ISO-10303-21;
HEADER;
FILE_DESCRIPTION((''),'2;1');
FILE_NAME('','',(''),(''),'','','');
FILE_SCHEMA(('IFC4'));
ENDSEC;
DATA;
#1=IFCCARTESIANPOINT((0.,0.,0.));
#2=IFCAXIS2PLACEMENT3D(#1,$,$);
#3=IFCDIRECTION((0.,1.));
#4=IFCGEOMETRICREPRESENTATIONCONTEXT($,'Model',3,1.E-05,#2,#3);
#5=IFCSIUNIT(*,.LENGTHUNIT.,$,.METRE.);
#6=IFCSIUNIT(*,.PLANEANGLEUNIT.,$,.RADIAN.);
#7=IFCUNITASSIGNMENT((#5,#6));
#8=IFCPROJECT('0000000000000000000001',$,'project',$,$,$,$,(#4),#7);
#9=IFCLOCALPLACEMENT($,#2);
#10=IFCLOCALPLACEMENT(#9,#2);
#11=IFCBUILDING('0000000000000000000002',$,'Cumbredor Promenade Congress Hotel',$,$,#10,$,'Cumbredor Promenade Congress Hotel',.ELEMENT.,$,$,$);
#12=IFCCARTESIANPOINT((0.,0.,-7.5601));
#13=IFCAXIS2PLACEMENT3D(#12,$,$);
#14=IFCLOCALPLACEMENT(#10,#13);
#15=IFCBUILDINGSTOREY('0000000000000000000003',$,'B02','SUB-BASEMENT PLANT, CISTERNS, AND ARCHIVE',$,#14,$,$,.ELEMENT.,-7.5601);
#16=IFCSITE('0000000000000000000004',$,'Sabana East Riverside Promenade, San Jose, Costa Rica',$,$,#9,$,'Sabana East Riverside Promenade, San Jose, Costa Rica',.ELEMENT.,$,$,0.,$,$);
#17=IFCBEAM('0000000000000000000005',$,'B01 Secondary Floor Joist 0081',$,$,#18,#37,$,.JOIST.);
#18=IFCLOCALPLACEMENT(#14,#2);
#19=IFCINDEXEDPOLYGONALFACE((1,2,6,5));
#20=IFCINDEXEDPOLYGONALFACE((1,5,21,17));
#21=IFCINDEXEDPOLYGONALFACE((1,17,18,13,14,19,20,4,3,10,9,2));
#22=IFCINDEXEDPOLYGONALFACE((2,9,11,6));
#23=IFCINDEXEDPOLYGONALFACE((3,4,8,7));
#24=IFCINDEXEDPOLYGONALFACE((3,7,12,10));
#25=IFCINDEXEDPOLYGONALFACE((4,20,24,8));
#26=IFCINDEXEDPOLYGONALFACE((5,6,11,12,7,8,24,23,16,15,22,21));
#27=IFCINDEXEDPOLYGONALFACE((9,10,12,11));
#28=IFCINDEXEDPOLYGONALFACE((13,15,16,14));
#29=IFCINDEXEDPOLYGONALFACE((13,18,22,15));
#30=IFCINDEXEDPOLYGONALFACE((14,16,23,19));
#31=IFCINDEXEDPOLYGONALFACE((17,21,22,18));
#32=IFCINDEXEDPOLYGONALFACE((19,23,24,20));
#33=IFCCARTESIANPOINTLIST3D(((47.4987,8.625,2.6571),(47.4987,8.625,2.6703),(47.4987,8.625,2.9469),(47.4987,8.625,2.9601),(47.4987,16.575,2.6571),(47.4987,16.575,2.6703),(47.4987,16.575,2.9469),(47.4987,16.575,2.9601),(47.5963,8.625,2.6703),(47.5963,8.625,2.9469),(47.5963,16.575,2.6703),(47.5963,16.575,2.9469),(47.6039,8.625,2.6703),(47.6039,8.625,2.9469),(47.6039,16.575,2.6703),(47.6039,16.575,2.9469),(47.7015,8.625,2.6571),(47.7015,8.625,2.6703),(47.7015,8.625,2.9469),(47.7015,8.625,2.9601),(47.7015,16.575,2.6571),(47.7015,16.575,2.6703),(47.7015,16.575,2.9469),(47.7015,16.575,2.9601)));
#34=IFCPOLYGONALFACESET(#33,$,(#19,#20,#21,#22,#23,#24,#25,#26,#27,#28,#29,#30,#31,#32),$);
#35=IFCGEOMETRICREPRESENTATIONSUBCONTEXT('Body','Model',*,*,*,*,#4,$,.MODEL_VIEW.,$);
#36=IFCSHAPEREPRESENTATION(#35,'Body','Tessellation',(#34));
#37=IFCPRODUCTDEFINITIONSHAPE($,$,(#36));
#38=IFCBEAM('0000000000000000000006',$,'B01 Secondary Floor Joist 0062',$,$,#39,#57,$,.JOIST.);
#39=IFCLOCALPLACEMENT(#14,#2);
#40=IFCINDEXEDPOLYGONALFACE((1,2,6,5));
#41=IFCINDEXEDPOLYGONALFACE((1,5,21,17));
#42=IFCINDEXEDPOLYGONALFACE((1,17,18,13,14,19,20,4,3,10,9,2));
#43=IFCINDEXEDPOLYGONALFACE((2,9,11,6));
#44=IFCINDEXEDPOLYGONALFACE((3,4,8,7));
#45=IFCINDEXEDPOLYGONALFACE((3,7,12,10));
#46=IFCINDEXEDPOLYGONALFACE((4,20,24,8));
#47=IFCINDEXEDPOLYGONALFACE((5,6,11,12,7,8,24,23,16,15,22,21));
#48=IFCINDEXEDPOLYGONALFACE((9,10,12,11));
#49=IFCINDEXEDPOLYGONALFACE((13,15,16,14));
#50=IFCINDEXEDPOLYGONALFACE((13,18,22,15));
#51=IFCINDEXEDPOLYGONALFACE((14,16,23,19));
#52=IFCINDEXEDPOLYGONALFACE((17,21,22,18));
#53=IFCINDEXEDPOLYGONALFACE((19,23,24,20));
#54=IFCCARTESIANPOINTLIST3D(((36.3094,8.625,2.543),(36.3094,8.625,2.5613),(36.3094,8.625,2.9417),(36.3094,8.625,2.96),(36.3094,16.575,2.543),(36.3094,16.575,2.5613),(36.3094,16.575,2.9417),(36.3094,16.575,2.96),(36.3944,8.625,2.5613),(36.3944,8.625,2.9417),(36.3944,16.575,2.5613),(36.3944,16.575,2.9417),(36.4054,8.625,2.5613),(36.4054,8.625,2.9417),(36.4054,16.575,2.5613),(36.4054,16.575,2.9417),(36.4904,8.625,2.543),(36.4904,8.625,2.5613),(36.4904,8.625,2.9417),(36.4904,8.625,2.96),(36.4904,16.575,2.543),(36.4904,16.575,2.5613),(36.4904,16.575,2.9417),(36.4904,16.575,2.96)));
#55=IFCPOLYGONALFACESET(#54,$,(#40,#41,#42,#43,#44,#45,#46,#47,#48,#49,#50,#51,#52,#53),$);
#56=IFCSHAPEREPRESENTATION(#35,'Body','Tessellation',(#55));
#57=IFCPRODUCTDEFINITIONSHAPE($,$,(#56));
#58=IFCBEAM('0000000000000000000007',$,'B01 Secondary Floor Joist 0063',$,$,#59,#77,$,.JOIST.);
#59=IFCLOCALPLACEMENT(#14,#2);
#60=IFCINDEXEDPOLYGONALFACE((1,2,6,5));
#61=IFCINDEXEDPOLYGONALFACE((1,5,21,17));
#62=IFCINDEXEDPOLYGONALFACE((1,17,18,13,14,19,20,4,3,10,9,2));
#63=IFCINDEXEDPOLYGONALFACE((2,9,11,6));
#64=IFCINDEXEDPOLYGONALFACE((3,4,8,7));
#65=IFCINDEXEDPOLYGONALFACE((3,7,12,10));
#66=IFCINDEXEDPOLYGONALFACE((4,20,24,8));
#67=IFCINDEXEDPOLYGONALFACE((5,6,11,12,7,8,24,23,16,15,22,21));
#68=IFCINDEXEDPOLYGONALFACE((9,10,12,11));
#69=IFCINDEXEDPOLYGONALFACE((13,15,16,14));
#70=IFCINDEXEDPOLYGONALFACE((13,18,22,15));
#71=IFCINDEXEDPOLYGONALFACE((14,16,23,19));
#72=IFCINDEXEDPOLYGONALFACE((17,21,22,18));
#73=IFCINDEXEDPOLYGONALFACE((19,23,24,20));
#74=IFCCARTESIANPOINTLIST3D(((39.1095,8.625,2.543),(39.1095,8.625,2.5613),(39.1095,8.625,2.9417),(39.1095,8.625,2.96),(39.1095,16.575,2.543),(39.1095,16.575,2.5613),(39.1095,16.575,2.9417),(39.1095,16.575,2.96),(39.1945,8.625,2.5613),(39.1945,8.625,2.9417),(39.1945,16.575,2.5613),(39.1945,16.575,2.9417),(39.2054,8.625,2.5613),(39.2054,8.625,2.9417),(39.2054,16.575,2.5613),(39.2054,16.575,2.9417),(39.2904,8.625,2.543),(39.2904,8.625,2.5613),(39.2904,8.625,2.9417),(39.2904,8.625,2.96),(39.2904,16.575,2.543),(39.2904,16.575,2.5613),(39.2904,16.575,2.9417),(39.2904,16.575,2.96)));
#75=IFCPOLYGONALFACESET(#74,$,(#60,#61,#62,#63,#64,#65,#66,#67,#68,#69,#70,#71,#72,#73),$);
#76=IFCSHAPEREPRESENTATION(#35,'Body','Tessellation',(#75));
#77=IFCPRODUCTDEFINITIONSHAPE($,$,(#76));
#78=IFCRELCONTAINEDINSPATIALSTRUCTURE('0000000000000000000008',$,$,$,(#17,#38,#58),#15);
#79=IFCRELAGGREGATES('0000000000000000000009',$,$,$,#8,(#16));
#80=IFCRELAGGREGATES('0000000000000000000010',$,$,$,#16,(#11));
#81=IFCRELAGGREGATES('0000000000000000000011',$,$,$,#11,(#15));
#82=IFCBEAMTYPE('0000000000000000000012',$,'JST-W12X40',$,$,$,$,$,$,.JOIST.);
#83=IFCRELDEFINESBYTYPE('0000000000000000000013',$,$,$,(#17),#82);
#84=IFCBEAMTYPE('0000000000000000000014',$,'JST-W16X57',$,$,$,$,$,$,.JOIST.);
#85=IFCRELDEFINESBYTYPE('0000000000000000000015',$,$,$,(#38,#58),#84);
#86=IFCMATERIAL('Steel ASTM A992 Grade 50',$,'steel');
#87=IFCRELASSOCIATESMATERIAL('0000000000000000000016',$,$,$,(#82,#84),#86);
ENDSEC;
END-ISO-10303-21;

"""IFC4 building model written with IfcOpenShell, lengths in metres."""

from ifc_helpers import new_model, si_unit, direction, frame, origin, origin_2d, place, context, subcontext, project, spatial, i_section, extrude, material, material_profile, profile_set, type_object, element, save


model = new_model("IFC4")

# Units and contexts
model_context = context("Model", 3, precision=1e-05, world=origin(), true_north=direction((0.0, 1.0)))
body_context = subcontext(model_context, "Body", "Model", "MODEL_VIEW")
ifc_project = project(units=[si_unit("LENGTHUNIT", "METRE"), si_unit("PLANEANGLEUNIT", "RADIAN")], contexts=[model_context])

# Site, building, storey
site_placement = place(None, origin())
site = spatial("IfcSite", under=ifc_project, at=site_placement, Name="Sabana East Riverside Promenade, San Jose, Costa Rica", LongName="Sabana East Riverside Promenade, San Jose, Costa Rica", CompositionType="ELEMENT", RefElevation=0.0)
building_placement = place(site_placement, origin())
building = spatial("IfcBuilding", under=site, at=building_placement, Name="Cumbredor Promenade Congress Hotel", LongName="Cumbredor Promenade Congress Hotel", CompositionType="ELEMENT")
storey_placement = place(building_placement, frame((0.0, 0.0, -7.5601)))
storey = spatial("IfcBuildingStorey", under=building, at=storey_placement, Name="B02", Description="SUB-BASEMENT PLANT, CISTERNS, AND ARCHIVE", CompositionType="ELEMENT", Elevation=-7.5601)

# Beams
ifc_material_1 = material(Name="Steel ASTM A992 Grade 50", Category="steel")
ifc_material_profile_1 = material_profile(ifc_material_1, i_section(OverallWidth=0.2029, OverallDepth=0.303, WebThickness=0.0076, FlangeThickness=0.0132, at=origin_2d()), Name="W12X40")
ifc_profile_set_1 = profile_set([ifc_material_profile_1], Name="Steel ASTM A992 Grade 50")
beam_type_1 = type_object("IfcBeamType", Name="JST-W12X40", PredefinedType="JOIST", material=ifc_profile_set_1)
for number, where, z_axis, x_axis, name in (
    (1, (47.6001, 8.625, 2.8086), (0.0, 1.0, 0.0), (-1.0, 0.0, 0.0), "B01 Secondary Floor Joist 0081"),
):
    element("IfcBeam", number, at=place(storey_placement, frame(where, z_axis=z_axis, x_axis=x_axis)), inside=storey, type_object=beam_type_1, Name=name, PredefinedType="JOIST", context=body_context, shape_type="SweptSolid", body=[
        extrude(i_section(OverallWidth=0.2029, OverallDepth=0.303, WebThickness=0.0076, FlangeThickness=0.0132, at=origin_2d()), origin(), (0.0, 0.0, 1.0), 7.95),
    ])
ifc_material_profile_2 = material_profile(ifc_material_1, i_section(OverallWidth=0.1809, OverallDepth=0.417, WebThickness=0.011, FlangeThickness=0.0183, at=origin_2d()), Name="W16X57")
ifc_profile_set_2 = profile_set([ifc_material_profile_2], Name="Steel ASTM A992 Grade 50")
beam_type_2 = type_object("IfcBeamType", Name="JST-W16X57", PredefinedType="JOIST", material=ifc_profile_set_2)
for number, where, z_axis, x_axis, name in (
    (2, (36.3999, 8.625, 2.7515), (0.0, 1.0, 0.0), (-1.0, 0.0, 0.0), "B01 Secondary Floor Joist 0062"),
    (3, (39.2, 8.625, 2.7515), (0.0, 1.0, 0.0), (-1.0, 0.0, 0.0), "B01 Secondary Floor Joist 0063"),
):
    element("IfcBeam", number, at=place(storey_placement, frame(where, z_axis=z_axis, x_axis=x_axis)), inside=storey, type_object=beam_type_2, Name=name, PredefinedType="JOIST", context=body_context, shape_type="SweptSolid", body=[
        extrude(i_section(OverallWidth=0.1809, OverallDepth=0.417, WebThickness=0.011, FlangeThickness=0.0183, at=origin_2d()), origin(), (0.0, 0.0, 1.0), 7.95),
    ])

save(model, "model.ifc")
